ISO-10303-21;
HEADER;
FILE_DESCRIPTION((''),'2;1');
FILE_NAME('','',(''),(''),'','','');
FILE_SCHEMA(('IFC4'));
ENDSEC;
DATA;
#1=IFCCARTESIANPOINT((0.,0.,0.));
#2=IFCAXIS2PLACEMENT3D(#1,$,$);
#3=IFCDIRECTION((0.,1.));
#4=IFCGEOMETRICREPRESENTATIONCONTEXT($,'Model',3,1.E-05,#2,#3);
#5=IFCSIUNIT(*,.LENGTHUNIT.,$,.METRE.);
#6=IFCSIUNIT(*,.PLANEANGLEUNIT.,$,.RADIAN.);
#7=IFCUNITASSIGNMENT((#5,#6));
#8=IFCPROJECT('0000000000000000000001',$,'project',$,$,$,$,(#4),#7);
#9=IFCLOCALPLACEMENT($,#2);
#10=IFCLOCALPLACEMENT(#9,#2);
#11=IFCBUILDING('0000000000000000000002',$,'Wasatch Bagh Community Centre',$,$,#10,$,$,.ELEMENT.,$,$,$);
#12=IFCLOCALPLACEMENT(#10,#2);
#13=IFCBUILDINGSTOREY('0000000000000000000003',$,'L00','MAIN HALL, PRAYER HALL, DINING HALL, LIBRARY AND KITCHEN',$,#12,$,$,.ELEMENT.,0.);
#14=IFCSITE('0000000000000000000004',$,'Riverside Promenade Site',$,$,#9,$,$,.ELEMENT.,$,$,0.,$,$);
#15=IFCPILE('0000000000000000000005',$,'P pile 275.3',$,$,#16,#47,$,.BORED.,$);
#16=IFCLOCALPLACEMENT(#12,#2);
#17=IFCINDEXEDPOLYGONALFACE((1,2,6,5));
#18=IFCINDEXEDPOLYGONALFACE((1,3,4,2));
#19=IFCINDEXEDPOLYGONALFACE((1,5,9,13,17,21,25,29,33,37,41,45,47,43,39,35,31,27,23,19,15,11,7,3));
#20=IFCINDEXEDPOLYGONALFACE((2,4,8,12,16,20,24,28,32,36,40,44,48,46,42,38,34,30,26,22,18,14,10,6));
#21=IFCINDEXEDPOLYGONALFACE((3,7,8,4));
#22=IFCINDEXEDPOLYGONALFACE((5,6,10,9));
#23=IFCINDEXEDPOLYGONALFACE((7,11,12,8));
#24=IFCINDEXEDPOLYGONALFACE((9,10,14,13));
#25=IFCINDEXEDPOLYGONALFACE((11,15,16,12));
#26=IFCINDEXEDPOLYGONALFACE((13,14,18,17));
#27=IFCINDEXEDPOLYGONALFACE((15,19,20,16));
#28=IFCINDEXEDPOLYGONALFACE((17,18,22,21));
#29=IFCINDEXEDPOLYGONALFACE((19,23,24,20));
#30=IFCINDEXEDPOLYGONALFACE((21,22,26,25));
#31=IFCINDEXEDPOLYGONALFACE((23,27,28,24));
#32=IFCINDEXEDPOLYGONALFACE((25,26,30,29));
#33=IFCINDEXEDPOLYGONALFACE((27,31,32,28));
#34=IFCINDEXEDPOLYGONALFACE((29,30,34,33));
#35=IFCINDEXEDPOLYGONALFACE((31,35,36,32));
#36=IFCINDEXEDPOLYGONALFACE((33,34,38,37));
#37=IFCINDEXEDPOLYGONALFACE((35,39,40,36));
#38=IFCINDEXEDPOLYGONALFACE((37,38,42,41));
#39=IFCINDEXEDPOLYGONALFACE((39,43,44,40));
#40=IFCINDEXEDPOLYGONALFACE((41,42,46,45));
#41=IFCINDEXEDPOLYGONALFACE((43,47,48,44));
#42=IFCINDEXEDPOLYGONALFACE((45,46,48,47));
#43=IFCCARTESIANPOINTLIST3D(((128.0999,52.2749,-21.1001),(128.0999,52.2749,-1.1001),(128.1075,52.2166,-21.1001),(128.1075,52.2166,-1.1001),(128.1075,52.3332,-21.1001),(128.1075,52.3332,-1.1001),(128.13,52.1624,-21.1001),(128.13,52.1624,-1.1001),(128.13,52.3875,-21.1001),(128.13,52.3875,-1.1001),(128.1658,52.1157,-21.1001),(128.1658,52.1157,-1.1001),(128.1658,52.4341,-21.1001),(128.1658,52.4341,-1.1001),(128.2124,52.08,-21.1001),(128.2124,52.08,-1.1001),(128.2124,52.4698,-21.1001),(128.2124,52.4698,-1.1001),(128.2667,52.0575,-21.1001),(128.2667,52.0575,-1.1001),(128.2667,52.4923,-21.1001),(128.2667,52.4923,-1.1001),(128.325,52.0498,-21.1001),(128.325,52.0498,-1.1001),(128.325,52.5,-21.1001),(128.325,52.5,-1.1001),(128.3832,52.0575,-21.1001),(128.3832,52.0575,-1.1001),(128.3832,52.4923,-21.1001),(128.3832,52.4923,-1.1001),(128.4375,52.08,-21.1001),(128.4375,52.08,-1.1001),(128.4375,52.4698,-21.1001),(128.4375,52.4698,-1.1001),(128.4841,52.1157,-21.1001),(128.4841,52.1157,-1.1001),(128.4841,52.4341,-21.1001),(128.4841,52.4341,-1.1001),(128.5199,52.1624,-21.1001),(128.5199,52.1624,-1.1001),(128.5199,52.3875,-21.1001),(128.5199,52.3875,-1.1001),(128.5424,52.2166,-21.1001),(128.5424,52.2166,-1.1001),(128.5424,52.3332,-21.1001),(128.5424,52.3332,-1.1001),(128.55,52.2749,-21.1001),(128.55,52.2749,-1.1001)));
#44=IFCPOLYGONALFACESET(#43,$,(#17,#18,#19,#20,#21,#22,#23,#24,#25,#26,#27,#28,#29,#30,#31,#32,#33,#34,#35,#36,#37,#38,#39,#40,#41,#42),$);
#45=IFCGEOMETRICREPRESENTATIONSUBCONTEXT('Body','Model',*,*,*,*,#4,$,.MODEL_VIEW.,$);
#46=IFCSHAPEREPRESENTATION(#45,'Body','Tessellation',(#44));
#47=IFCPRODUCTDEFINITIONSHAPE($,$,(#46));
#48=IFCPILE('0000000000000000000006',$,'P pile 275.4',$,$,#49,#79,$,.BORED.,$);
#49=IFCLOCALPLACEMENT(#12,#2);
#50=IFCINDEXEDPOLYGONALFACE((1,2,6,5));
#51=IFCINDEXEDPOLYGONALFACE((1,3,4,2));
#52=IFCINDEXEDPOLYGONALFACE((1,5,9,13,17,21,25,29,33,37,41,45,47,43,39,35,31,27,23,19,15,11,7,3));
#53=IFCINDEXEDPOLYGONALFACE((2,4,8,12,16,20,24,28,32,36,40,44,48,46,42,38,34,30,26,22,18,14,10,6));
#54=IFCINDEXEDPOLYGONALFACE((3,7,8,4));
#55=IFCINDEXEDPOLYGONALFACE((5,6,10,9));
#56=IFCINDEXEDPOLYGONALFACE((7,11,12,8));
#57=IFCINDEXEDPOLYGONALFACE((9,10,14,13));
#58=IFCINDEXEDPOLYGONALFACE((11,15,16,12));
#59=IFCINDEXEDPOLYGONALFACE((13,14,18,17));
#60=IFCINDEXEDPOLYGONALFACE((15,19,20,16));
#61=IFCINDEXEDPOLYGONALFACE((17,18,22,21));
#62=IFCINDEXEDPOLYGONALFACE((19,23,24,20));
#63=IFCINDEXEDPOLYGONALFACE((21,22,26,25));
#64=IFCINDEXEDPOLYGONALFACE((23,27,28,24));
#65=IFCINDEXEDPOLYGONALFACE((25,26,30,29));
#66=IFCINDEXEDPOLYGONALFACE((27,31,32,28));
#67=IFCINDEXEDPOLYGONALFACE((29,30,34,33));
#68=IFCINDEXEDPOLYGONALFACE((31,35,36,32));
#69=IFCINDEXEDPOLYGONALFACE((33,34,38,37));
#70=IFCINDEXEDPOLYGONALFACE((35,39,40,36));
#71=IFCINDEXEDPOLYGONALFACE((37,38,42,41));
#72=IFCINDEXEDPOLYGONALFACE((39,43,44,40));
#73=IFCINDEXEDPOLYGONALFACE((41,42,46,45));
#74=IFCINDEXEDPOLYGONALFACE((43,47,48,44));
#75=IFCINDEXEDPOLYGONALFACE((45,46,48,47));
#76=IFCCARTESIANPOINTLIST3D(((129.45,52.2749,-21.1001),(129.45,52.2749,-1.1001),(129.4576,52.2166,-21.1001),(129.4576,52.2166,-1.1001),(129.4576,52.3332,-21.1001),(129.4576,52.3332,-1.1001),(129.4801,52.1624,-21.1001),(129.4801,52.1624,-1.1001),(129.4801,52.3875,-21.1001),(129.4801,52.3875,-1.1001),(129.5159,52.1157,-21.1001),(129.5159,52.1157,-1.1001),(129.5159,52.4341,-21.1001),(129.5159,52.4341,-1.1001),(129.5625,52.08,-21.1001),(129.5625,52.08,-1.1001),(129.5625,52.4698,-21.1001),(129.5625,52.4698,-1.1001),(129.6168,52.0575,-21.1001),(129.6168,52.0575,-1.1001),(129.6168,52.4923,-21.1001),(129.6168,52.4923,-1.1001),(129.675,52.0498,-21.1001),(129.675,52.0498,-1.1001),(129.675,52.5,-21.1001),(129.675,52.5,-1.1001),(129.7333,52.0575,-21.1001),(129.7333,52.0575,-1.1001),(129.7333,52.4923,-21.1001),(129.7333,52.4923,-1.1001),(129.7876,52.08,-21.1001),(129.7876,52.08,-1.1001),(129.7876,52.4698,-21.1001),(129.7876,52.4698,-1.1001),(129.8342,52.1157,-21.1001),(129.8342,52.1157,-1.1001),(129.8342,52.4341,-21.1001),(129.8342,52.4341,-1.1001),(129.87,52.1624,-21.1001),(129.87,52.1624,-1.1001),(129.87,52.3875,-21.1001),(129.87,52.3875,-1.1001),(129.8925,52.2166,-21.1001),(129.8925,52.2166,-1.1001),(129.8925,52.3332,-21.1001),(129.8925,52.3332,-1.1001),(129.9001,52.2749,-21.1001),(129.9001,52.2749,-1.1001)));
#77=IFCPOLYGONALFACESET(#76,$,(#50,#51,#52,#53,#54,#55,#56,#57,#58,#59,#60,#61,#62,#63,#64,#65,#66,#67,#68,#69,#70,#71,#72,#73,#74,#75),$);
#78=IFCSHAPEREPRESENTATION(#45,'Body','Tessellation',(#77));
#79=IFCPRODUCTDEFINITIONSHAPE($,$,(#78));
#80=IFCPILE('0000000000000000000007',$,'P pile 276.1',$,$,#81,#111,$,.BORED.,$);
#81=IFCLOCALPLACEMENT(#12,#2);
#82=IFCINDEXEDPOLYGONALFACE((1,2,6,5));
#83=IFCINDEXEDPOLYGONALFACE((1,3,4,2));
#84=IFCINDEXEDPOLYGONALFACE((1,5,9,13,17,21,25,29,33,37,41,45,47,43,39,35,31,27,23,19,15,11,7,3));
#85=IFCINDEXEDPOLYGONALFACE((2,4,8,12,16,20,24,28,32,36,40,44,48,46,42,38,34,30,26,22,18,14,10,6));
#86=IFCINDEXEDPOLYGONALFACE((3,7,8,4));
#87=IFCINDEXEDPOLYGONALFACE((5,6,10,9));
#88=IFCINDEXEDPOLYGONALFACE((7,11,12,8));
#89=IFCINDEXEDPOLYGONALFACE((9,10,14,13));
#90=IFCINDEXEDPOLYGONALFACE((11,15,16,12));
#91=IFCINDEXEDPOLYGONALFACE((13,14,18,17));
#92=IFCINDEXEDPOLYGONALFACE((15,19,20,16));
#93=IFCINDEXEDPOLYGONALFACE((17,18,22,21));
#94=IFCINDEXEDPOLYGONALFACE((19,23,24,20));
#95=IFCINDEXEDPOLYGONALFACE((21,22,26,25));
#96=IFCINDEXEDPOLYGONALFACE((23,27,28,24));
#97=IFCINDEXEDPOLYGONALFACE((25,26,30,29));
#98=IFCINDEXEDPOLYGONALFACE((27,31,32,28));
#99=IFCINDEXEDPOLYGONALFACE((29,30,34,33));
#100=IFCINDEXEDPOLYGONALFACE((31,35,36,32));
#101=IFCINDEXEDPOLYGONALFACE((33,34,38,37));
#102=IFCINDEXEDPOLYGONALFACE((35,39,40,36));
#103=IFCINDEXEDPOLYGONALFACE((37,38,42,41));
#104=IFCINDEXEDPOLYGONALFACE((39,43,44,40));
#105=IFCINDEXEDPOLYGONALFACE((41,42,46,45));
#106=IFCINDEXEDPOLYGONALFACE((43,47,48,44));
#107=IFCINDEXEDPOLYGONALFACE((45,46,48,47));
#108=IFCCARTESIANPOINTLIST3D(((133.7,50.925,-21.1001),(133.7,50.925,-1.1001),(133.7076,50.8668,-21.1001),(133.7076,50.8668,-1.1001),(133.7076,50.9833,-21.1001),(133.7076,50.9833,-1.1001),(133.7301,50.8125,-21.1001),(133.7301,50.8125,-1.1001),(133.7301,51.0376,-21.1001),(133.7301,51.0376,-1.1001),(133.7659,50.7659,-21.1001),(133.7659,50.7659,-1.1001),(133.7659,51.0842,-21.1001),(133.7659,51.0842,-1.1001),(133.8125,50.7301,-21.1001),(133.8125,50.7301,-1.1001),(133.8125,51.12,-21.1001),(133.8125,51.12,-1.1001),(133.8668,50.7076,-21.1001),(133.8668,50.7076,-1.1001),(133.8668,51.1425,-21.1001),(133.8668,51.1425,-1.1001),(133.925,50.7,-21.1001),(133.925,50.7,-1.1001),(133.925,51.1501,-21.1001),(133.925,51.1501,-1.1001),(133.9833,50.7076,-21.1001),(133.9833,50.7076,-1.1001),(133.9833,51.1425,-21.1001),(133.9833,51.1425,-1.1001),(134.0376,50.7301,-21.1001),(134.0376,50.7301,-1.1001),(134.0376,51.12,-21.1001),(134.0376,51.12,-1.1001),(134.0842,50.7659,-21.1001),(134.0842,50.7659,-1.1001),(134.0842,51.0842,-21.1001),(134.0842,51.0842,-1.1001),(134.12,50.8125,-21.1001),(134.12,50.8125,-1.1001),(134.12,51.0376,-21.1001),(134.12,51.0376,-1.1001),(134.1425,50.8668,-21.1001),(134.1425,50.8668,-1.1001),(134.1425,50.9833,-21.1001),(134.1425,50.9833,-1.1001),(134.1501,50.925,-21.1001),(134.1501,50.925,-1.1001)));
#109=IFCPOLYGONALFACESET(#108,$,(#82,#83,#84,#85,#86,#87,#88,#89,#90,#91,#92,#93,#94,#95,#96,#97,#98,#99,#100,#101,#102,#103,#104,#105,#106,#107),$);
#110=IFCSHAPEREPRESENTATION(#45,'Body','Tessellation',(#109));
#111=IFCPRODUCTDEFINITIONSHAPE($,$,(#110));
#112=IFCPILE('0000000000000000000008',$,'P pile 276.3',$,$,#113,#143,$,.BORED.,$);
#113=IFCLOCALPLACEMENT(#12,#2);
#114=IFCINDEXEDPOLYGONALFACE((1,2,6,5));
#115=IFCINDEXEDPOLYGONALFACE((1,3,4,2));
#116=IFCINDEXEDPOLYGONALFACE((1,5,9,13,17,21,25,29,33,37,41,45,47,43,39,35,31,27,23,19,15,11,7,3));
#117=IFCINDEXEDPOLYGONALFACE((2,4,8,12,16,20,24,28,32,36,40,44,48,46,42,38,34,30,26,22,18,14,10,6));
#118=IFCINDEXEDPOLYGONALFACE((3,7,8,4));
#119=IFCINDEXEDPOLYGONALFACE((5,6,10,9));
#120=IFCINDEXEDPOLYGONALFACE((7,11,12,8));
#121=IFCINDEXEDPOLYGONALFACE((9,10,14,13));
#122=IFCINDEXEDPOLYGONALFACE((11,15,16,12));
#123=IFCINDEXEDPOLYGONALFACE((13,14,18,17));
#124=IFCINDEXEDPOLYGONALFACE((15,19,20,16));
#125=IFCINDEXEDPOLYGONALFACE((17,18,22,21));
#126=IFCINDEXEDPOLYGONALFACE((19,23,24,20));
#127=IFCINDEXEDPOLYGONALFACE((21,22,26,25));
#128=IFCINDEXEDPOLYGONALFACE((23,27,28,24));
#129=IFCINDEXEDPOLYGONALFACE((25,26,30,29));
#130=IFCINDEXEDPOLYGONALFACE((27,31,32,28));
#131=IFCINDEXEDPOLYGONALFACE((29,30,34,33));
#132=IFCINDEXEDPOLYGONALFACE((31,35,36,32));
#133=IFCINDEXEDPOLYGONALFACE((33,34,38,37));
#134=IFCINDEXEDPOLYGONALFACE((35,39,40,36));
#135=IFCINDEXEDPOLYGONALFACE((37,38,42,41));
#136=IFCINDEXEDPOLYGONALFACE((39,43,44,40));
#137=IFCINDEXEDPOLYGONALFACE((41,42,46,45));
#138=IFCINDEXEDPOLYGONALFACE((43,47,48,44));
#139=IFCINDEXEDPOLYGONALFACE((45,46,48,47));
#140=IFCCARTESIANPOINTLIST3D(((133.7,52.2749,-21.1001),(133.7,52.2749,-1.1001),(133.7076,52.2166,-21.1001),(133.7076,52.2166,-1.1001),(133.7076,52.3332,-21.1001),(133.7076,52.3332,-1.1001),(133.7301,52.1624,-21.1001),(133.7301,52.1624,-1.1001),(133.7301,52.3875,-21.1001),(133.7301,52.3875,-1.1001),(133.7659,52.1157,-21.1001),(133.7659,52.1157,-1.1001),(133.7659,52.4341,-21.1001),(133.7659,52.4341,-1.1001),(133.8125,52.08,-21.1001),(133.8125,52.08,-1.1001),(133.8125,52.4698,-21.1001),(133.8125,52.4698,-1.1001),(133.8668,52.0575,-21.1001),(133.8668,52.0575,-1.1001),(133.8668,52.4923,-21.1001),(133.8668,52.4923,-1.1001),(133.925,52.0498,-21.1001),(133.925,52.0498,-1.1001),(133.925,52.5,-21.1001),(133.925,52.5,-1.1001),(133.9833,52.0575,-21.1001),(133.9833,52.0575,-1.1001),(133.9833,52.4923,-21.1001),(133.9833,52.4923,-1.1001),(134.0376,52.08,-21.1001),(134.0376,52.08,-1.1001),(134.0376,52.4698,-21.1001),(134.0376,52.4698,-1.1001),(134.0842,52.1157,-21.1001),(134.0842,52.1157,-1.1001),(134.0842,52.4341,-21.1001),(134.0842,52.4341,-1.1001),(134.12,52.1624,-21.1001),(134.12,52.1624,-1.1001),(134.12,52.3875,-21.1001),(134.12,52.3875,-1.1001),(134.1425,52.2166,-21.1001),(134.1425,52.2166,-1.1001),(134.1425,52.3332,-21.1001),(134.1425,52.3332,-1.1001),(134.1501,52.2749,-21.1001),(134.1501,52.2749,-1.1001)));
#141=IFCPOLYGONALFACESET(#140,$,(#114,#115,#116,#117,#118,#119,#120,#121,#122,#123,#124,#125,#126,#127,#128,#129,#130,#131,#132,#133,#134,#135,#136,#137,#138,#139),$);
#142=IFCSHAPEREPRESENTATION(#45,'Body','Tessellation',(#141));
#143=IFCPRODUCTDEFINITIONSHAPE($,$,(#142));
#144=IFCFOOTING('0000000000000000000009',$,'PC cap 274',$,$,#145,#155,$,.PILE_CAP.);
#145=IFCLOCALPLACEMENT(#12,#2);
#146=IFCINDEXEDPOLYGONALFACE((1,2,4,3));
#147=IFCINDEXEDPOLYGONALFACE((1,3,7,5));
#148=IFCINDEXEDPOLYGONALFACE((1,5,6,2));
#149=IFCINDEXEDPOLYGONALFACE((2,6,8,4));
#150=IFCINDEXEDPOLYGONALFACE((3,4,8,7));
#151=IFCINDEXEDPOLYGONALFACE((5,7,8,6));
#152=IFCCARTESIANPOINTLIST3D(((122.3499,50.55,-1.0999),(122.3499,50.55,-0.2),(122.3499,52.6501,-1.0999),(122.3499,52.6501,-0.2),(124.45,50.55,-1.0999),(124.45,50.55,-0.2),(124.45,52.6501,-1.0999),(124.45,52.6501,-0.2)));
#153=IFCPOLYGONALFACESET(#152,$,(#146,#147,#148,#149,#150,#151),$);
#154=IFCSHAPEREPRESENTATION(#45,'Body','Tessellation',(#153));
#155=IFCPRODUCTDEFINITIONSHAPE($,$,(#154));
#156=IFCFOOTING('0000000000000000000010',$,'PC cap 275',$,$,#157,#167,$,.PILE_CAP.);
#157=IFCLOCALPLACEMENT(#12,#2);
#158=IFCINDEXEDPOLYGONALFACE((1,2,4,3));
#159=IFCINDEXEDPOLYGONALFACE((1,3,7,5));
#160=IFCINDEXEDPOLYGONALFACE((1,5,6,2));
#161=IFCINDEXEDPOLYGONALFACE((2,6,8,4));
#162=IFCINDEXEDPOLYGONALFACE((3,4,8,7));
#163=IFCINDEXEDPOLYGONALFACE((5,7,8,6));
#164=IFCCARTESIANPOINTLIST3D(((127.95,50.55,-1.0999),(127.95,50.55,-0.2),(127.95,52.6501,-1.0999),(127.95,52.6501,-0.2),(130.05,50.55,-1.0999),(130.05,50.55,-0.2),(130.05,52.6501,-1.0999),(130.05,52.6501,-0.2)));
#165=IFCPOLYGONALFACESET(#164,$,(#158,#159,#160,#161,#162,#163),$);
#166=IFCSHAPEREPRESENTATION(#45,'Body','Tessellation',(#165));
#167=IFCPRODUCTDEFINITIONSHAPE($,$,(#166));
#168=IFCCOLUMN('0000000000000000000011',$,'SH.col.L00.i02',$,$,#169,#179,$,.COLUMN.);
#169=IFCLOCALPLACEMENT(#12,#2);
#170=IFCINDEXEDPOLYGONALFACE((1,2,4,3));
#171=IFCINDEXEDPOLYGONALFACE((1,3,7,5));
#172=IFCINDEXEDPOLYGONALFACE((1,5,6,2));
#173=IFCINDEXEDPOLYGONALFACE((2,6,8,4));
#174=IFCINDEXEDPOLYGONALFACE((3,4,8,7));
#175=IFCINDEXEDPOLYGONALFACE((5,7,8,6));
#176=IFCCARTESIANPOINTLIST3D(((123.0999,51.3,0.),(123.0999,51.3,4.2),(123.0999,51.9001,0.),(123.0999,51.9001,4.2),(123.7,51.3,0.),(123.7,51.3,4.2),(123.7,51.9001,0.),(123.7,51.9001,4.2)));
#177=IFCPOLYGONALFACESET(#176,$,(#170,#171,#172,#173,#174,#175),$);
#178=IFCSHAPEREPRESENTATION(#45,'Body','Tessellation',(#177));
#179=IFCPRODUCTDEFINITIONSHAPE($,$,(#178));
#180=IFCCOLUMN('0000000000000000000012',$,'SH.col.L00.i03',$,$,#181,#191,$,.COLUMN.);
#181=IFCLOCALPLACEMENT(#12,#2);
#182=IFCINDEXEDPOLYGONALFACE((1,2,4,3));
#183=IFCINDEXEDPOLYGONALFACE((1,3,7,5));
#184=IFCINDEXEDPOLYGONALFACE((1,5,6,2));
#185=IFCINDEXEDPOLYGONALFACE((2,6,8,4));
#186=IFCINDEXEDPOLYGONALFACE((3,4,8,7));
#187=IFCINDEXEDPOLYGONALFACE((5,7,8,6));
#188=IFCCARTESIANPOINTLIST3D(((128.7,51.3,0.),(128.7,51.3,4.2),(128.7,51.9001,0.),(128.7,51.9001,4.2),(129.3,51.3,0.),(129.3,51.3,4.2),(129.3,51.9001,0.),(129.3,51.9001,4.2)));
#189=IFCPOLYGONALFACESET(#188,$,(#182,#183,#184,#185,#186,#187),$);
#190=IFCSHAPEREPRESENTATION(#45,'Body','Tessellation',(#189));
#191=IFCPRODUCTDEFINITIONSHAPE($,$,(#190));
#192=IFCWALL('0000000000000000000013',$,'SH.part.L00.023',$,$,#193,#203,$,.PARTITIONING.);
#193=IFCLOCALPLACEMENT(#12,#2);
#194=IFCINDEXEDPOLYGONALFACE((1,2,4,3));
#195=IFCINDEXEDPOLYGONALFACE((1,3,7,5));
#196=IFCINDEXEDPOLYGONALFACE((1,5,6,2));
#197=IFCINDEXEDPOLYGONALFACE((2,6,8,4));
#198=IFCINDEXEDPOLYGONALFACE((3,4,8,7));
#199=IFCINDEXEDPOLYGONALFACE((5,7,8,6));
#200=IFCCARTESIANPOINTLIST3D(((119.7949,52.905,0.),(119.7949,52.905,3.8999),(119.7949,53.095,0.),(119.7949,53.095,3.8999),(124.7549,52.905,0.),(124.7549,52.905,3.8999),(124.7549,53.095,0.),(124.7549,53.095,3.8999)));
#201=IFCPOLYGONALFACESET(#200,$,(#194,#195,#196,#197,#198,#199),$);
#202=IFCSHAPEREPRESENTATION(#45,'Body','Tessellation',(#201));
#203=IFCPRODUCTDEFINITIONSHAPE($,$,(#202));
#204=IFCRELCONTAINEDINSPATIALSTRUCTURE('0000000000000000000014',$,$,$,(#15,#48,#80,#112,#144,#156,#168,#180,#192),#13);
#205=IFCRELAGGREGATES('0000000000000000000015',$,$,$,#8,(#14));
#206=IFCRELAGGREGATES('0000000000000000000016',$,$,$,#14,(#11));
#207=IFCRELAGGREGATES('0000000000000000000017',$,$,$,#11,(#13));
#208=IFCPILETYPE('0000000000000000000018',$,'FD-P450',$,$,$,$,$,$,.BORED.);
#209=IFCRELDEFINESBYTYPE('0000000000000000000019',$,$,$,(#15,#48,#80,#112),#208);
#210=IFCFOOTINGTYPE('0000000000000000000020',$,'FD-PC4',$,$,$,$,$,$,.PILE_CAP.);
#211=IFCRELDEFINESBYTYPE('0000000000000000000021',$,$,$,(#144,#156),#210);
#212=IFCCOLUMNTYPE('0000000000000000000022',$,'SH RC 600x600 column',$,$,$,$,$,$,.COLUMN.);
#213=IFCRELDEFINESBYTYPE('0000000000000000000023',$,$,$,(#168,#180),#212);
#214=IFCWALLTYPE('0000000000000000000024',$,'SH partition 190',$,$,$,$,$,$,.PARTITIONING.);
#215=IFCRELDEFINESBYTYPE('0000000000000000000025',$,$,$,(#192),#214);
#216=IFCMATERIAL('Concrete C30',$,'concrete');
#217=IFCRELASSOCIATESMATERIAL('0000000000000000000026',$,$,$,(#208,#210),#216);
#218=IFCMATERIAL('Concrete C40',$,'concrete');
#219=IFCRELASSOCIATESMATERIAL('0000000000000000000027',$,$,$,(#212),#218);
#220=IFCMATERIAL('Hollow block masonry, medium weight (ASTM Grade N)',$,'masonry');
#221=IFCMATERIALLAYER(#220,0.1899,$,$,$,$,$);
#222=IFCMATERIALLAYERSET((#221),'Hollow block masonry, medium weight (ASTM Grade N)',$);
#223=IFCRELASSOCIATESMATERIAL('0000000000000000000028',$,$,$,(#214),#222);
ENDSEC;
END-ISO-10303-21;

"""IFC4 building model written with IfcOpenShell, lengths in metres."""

from ifc_helpers import new_model, si_unit, direction, frame, frame_2d, origin, origin_2d, place, context, subcontext, project, spatial, rectangle, circle, extrude, material, layer, layer_set, material_profile, profile_set, type_object, element, save


model = new_model("IFC4")

# Units and contexts
model_context = context("Model", 3, precision=1e-05, world=origin(), true_north=direction((0.0, 1.0)))
body_context = subcontext(model_context, "Body", "Model", "MODEL_VIEW")
ifc_project = project(units=[si_unit("LENGTHUNIT", "METRE"), si_unit("PLANEANGLEUNIT", "RADIAN")], contexts=[model_context])

# Site, building, storey
site_placement = place(None, origin())
site = spatial("IfcSite", under=ifc_project, at=site_placement, Name="Riverside Promenade Site", CompositionType="ELEMENT", RefElevation=0.0)
building_placement = place(site_placement, origin())
building = spatial("IfcBuilding", under=site, at=building_placement, Name="Wasatch Bagh Community Centre", CompositionType="ELEMENT")
storey_placement = place(building_placement, origin())
storey = spatial("IfcBuildingStorey", under=building, at=storey_placement, Name="L00", Description="MAIN HALL, PRAYER HALL, DINING HALL, LIBRARY AND KITCHEN", CompositionType="ELEMENT", Elevation=0.0)

# Piles
ifc_material_1 = material(Name="Concrete C30", Category="concrete")
ifc_material_profile_1 = material_profile(ifc_material_1, circle(Radius=0.2251, at=origin_2d()), Name="RC D450")
ifc_profile_set_1 = profile_set([ifc_material_profile_1], Name="Concrete C30")
pile_type = type_object("IfcPileType", Name="FD-P450", PredefinedType="BORED", material=ifc_profile_set_1)
for number, where, z_axis, x_axis, name in (
    (1, (128.325, 52.2749, -1.1001), (0.0, 0.0, -1.0), (1.0, 0.0, 0.0), "P pile 275.3"),
    (2, (129.675, 52.2749, -1.1001), (0.0, 0.0, -1.0), (1.0, 0.0, 0.0), "P pile 275.4"),
    (3, (133.925, 50.925, -1.1001), (0.0, 0.0, -1.0), (1.0, 0.0, 0.0), "P pile 276.1"),
    (4, (133.925, 52.2749, -1.1001), (0.0, 0.0, -1.0), (1.0, 0.0, 0.0), "P pile 276.3"),
):
    element("IfcPile", number, at=place(storey_placement, frame(where, z_axis=z_axis, x_axis=x_axis)), inside=storey, type_object=pile_type, Name=name, PredefinedType="BORED", context=body_context, shape_type="SweptSolid", body=[
        extrude(circle(Radius=0.2251, at=origin_2d()), origin(), (0.0, 0.0, 1.0), 20.0),
    ])

# Footings
footing_type_1 = type_object("IfcFootingType", Name="FD-PC4", PredefinedType="PILE_CAP", material=ifc_material_1)
for number, where, z_axis, x_axis, name in (
    (5, (123.3999, 51.6001, -1.0999), (0.0, 0.0, 1.0), (1.0, 0.0, 0.0), "PC cap 274"),
    (6, (129.0, 51.6001, -1.0999), (0.0, 0.0, 1.0), (1.0, 0.0, 0.0), "PC cap 275"),
):
    element("IfcFooting", number, at=place(storey_placement, frame(where, z_axis=z_axis, x_axis=x_axis)), inside=storey, type_object=footing_type_1, Name=name, PredefinedType="PILE_CAP", context=body_context, shape_type="SweptSolid", body=[
        extrude(rectangle(XDim=2.1001, YDim=2.1001, at=origin_2d()), origin(), (0.0, 0.0, 1.0), 0.8999),
    ])

# Columns
ifc_material_2 = material(Name="Concrete C40", Category="concrete")
ifc_material_profile_2 = material_profile(ifc_material_2, rectangle(XDim=0.6001, YDim=0.6001, at=origin_2d()), Name="RC 600x600")
ifc_profile_set_2 = profile_set([ifc_material_profile_2], Name="Concrete C40")
column_type = type_object("IfcColumnType", Name="SH RC 600x600 column", PredefinedType="COLUMN", material=ifc_profile_set_2)
for number, where, z_axis, x_axis, name in (
    (7, (123.3999, 51.6001, 0.0), (0.0, 0.0, 1.0), (1.0, 0.0, 0.0), "SH.col.L00.i02"),
    (8, (129.0, 51.6001, 0.0), (0.0, 0.0, 1.0), (1.0, 0.0, 0.0), "SH.col.L00.i03"),
):
    element("IfcColumn", number, at=place(storey_placement, frame(where, z_axis=z_axis, x_axis=x_axis)), inside=storey, type_object=column_type, Name=name, PredefinedType="COLUMN", context=body_context, shape_type="SweptSolid", body=[
        extrude(rectangle(XDim=0.6001, YDim=0.6001, at=origin_2d()), origin(), (0.0, 0.0, 1.0), 4.2),
    ])

# Wall
ifc_material_3 = material(Name="Hollow block masonry, medium weight (ASTM Grade N)", Category="masonry")
ifc_layer = layer(ifc_material_3, 0.1899)
ifc_layer_set = layer_set([ifc_layer], Name="Hollow block masonry, medium weight (ASTM Grade N)")
wall_type = type_object("IfcWallType", Name="SH partition 190", PredefinedType="PARTITIONING", material=ifc_layer_set)
wall_1_placement = place(storey_placement, frame((124.7549, 53.0, 0.0), z_axis=(0.0, 0.0, 1.0), x_axis=(-1.0, 0.0, 0.0)))
element("IfcWall", 9, at=wall_1_placement, inside=storey, type_object=wall_type, Name="SH.part.L00.023", PredefinedType="PARTITIONING", context=body_context, shape_type="SweptSolid", body=[
    extrude(rectangle(XDim=4.96, YDim=0.1899, at=frame_2d((2.48, 0.0))), origin(), (0.0, 0.0, 1.0), 3.8999),
])

save(model, "model.ifc")
